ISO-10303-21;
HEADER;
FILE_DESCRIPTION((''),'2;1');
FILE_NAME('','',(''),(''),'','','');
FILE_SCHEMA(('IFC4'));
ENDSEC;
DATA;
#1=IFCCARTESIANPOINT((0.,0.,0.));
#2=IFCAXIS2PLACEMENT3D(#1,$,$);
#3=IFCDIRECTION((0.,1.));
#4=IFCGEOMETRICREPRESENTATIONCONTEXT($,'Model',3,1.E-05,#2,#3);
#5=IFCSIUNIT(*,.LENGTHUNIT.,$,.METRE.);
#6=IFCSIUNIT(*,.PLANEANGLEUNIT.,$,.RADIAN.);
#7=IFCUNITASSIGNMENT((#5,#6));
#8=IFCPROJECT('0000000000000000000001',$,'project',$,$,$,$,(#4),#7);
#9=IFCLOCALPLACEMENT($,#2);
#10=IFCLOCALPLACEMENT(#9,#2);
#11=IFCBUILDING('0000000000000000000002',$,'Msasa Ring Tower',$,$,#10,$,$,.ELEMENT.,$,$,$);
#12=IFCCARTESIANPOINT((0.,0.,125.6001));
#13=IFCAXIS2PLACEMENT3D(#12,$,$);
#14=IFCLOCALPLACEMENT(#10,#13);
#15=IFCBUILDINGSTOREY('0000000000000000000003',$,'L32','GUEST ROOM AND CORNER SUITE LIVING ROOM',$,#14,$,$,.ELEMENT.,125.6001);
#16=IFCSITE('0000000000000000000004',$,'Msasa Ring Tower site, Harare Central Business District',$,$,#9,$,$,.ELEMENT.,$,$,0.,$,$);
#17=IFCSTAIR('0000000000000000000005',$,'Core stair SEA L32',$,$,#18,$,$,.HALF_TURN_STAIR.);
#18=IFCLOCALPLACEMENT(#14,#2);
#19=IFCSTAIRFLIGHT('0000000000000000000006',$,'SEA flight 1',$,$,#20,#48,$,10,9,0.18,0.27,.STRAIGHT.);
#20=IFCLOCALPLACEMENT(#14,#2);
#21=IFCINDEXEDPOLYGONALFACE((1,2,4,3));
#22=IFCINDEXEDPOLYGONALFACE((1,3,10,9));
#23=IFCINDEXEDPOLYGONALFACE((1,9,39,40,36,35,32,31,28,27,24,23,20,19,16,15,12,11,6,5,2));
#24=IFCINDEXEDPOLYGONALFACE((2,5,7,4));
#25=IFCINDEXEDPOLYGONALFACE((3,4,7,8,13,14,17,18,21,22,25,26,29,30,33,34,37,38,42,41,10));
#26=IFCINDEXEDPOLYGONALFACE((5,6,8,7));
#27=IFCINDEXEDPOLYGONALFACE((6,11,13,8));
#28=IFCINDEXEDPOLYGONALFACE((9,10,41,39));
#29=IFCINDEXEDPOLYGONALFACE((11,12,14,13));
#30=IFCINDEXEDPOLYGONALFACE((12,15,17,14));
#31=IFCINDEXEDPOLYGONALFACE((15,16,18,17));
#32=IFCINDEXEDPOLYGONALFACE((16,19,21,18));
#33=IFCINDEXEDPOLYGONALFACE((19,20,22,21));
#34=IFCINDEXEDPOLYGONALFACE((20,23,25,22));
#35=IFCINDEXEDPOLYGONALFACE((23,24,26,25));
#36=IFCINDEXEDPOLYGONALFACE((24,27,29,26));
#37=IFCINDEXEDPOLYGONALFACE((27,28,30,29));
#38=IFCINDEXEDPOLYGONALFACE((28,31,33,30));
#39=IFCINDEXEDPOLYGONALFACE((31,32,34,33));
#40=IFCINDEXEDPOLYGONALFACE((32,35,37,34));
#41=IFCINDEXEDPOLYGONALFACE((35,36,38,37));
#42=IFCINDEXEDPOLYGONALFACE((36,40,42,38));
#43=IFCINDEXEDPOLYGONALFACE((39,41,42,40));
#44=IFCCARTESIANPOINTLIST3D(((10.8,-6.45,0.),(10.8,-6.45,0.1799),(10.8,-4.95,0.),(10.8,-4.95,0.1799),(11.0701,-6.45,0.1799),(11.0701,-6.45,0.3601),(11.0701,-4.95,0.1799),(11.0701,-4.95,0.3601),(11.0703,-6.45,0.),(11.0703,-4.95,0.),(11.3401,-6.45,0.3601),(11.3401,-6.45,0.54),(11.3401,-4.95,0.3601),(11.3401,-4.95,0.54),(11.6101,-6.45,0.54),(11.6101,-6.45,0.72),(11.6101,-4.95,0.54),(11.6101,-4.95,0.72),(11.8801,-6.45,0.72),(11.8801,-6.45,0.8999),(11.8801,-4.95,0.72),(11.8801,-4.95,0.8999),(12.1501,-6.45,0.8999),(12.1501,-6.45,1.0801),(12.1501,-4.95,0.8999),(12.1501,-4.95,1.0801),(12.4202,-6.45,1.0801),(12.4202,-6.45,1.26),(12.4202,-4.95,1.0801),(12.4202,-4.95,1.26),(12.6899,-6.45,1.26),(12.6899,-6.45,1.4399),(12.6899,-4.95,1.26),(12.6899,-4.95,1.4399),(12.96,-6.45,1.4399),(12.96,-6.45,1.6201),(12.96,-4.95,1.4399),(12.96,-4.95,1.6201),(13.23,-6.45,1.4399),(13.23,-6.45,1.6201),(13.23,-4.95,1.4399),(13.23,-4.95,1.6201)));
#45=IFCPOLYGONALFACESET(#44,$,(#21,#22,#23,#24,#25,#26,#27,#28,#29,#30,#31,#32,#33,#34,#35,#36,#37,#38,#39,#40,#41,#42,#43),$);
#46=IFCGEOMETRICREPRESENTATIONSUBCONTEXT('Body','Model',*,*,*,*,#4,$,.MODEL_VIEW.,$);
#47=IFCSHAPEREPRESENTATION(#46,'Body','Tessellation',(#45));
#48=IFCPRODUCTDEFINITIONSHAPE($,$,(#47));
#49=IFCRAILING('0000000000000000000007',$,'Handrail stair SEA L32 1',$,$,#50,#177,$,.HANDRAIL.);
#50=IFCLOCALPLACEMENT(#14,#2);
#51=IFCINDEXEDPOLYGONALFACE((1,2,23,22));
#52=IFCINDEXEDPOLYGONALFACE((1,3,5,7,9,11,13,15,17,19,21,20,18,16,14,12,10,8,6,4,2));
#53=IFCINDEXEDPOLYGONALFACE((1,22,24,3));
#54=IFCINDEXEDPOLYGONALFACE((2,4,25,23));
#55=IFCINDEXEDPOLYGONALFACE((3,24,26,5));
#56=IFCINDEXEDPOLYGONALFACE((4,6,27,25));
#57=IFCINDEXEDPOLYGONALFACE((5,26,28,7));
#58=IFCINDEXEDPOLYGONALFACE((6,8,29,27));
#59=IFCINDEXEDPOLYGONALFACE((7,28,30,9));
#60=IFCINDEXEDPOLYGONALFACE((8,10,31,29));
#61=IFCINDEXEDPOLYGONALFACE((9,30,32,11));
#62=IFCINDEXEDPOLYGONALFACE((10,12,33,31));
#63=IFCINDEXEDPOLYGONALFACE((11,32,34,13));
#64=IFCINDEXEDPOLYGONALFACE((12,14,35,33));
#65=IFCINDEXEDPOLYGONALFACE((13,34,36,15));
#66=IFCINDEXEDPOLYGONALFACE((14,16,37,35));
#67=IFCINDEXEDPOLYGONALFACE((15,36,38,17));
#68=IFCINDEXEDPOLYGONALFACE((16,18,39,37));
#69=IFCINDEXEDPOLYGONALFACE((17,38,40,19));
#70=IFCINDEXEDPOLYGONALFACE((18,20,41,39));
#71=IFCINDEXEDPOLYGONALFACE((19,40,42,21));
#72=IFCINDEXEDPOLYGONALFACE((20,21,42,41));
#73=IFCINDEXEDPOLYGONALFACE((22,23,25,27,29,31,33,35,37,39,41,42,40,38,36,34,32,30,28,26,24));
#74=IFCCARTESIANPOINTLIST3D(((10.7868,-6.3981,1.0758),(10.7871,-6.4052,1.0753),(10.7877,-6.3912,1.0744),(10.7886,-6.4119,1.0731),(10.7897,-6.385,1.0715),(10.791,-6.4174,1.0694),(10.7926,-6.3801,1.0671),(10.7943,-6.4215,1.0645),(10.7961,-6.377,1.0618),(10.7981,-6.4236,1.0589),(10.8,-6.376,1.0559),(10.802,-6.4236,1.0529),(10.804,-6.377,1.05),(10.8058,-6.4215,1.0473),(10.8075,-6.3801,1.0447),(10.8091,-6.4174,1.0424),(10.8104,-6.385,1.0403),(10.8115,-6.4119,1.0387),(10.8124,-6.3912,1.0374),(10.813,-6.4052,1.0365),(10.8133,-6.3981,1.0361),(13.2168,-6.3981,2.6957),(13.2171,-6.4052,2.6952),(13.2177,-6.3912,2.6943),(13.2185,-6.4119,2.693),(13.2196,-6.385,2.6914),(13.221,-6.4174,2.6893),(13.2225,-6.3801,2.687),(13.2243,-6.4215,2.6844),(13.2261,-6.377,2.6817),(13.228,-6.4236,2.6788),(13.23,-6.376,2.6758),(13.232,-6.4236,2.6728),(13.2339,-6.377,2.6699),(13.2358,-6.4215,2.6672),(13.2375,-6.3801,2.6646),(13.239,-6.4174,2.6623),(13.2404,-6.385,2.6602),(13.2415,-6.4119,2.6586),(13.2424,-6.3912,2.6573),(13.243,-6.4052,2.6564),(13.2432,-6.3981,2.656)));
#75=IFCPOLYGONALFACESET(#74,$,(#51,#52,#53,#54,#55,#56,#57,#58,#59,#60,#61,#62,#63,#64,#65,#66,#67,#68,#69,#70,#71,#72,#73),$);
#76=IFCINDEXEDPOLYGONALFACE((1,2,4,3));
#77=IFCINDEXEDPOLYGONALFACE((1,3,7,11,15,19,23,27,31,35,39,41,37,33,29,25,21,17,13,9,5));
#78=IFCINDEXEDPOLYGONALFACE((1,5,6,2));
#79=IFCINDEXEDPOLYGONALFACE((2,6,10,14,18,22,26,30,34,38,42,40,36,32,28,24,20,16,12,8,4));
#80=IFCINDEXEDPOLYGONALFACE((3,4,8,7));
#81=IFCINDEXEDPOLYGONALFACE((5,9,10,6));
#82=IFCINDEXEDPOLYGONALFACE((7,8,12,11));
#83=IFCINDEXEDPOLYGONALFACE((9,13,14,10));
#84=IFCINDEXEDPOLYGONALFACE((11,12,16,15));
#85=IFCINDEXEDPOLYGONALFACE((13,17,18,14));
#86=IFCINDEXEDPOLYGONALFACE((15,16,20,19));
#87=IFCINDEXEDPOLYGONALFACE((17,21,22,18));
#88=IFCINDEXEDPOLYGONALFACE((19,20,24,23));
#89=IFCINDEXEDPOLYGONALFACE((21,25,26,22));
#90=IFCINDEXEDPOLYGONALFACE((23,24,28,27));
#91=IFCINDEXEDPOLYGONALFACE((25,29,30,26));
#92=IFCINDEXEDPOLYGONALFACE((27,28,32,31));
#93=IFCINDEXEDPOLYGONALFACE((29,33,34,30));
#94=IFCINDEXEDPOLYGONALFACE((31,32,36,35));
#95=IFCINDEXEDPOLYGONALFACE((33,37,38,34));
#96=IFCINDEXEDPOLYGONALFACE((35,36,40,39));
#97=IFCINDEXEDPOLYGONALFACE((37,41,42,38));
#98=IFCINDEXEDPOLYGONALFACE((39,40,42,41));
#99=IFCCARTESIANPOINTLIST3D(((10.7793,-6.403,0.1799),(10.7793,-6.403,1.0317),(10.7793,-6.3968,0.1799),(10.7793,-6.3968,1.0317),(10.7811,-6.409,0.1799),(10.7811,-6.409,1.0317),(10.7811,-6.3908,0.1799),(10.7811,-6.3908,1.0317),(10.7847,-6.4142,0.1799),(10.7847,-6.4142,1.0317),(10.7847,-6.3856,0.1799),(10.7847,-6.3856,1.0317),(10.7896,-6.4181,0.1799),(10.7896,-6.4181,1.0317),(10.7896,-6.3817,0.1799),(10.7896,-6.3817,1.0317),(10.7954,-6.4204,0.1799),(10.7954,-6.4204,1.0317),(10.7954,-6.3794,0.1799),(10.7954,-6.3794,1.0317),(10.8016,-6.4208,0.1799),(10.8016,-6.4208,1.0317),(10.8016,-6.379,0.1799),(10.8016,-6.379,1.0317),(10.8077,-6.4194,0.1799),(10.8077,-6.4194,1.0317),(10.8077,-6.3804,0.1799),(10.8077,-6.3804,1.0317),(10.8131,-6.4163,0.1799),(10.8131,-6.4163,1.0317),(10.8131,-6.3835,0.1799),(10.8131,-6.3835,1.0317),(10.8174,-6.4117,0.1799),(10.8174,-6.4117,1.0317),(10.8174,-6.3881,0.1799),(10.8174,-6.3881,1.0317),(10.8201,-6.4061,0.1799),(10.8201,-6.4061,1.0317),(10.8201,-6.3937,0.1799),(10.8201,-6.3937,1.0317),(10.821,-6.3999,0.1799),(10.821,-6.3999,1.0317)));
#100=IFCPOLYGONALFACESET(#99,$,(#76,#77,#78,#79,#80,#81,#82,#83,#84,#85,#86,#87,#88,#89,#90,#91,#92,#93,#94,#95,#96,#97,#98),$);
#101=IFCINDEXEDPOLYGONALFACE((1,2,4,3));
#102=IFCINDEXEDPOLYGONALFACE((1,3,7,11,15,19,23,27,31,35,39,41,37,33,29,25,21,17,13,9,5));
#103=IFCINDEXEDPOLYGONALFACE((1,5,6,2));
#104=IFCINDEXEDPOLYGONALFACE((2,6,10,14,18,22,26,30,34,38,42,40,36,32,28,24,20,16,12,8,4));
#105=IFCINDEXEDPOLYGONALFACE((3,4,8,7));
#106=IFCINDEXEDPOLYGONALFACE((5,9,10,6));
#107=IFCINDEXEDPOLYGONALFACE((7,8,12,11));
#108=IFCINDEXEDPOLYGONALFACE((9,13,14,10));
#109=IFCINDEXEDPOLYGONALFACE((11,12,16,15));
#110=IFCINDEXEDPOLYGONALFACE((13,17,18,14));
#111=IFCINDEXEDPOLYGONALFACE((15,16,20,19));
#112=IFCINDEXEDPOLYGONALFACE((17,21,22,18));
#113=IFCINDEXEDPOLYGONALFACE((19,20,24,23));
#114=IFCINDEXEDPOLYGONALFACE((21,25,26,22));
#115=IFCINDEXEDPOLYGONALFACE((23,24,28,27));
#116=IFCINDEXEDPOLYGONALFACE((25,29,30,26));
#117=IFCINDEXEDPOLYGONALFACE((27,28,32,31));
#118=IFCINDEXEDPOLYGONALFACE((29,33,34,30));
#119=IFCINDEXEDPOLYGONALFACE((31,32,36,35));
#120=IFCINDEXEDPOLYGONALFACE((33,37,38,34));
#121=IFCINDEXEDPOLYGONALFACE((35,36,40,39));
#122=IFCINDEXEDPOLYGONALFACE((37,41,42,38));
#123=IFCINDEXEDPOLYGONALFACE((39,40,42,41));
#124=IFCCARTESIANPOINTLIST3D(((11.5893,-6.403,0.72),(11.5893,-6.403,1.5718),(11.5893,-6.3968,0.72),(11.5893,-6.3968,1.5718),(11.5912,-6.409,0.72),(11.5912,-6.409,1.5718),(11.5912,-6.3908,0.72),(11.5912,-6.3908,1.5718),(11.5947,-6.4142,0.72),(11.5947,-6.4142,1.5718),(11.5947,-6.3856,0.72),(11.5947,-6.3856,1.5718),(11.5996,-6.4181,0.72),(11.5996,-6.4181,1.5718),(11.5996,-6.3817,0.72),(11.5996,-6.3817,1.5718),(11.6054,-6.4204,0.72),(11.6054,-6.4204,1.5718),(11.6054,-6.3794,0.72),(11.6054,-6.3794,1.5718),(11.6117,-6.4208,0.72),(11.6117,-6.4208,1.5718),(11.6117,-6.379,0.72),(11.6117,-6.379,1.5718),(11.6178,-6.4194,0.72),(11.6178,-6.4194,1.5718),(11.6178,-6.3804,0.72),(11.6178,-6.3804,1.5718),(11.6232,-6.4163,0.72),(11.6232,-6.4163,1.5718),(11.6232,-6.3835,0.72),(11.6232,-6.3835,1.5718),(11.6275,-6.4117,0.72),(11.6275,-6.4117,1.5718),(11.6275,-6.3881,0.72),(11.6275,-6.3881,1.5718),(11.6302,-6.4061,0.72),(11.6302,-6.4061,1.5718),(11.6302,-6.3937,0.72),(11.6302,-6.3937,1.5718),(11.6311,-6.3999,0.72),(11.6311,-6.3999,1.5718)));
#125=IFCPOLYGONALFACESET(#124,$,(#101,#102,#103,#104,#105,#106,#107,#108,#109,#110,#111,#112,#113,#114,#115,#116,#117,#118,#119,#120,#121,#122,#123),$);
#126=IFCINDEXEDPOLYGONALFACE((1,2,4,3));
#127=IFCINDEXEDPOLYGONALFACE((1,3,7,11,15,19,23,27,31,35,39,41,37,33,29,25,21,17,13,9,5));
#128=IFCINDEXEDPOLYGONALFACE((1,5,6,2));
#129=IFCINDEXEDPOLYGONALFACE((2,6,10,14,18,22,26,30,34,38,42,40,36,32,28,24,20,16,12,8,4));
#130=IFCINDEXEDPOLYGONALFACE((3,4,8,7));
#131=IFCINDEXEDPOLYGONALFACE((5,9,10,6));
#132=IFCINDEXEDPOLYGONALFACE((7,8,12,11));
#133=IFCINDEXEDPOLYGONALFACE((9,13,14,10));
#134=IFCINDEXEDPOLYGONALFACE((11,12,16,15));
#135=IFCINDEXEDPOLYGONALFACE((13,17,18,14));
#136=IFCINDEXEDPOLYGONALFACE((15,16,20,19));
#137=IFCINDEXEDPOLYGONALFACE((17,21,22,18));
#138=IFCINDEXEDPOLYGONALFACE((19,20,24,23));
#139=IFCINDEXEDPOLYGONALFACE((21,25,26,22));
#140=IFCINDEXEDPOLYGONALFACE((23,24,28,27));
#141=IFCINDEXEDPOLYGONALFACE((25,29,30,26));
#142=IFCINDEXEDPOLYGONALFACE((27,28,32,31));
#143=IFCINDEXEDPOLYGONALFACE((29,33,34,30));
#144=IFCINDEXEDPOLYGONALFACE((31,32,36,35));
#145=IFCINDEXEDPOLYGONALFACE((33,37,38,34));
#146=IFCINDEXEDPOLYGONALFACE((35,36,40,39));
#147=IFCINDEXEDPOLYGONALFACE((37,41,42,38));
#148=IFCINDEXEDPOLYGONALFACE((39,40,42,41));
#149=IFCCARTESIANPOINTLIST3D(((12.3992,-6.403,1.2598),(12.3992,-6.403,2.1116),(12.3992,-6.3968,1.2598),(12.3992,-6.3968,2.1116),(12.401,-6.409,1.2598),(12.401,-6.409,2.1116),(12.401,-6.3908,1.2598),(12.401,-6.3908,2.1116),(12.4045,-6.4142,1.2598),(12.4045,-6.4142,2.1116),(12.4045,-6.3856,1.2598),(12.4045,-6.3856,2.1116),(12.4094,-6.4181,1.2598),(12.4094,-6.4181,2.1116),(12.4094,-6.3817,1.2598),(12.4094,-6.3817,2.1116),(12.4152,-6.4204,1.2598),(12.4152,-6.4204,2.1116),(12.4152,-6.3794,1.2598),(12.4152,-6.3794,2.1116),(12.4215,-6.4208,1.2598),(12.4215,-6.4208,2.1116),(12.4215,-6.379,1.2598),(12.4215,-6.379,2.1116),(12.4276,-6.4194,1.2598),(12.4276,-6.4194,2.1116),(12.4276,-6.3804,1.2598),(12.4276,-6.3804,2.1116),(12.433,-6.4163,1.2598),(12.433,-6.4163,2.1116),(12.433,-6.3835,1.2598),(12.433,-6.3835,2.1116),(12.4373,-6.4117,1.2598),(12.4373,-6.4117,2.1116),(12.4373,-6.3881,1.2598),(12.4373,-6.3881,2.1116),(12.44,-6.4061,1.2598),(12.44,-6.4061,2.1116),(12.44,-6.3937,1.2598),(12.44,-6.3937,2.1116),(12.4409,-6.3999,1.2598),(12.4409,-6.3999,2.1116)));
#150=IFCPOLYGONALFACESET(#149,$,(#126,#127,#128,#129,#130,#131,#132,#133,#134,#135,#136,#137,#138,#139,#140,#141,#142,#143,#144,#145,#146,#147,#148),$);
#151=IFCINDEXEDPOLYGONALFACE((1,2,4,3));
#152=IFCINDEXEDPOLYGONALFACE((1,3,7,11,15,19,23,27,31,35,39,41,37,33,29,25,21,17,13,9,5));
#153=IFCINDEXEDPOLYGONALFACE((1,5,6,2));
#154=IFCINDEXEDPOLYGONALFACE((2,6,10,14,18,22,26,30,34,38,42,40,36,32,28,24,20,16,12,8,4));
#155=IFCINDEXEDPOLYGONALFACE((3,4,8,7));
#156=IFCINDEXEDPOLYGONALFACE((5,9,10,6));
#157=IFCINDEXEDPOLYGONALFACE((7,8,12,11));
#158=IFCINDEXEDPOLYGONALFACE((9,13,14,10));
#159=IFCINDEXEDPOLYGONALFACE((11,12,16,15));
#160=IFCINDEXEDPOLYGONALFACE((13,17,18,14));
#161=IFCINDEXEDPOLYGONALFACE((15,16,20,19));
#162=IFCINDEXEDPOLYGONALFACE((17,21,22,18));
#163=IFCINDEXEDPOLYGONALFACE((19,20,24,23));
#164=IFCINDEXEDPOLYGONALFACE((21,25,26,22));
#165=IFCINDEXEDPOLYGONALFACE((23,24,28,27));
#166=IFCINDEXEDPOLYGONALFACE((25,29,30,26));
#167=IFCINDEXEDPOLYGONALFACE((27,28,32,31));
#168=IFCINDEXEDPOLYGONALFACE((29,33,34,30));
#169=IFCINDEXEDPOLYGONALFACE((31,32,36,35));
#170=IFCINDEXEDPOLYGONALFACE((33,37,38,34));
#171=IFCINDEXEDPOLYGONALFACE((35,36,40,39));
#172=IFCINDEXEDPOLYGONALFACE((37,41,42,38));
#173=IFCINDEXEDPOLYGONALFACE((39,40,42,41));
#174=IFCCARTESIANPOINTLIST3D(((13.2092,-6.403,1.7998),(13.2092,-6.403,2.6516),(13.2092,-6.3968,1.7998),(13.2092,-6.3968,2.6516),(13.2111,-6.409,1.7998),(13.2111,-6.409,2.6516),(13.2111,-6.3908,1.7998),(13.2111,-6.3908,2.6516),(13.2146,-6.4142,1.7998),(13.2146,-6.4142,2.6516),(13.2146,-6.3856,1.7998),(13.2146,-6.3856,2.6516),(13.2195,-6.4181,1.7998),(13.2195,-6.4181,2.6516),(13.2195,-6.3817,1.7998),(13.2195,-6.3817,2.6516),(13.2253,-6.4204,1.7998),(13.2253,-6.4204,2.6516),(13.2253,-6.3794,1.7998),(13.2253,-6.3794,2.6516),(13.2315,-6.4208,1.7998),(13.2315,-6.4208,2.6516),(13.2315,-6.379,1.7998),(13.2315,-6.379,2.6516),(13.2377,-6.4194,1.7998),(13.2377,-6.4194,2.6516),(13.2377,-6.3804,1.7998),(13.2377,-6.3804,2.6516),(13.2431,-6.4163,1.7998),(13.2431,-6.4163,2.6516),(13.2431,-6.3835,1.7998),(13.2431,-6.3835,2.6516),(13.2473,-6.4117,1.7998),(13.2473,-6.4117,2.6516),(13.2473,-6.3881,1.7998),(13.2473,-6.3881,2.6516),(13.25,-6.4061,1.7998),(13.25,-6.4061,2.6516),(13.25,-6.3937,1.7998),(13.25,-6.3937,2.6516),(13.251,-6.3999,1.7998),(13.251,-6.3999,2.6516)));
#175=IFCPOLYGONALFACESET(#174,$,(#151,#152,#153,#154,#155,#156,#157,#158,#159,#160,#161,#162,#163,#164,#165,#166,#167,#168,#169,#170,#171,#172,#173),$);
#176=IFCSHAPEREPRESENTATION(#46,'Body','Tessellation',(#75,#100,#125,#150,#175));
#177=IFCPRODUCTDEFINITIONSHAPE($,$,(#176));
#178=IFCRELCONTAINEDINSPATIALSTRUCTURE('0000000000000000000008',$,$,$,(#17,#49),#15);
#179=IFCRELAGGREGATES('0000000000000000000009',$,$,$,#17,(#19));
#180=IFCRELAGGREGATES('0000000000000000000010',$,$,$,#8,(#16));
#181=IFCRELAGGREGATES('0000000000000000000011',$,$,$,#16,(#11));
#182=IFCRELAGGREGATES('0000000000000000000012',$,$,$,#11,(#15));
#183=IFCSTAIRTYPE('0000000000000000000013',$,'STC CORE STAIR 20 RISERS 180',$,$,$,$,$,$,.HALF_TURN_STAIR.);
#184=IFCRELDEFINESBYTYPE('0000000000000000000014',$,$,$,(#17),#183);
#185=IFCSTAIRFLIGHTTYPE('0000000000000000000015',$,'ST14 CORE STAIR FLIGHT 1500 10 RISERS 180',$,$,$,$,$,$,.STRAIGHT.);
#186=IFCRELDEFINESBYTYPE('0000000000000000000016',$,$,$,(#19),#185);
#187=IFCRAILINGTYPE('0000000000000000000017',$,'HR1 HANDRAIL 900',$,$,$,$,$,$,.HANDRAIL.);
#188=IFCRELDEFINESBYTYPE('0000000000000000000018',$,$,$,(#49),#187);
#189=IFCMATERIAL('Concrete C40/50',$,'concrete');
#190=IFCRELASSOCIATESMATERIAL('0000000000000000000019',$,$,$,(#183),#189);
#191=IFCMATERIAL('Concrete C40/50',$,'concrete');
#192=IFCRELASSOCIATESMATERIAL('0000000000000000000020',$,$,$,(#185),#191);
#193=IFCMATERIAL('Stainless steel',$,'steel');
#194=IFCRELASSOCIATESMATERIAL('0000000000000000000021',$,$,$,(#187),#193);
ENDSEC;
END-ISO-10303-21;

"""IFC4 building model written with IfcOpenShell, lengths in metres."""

from ifc_helpers import new_model, si_unit, direction, frame, origin, origin_2d, place, context, subcontext, project, spatial, polyline, circle, outline, extrude, material, type_object, element, aggregate, save


model = new_model("IFC4")

# Units and contexts
model_context = context("Model", 3, precision=1e-05, world=origin(), true_north=direction((0.0, 1.0)))
body_context = subcontext(model_context, "Body", "Model", "MODEL_VIEW")
ifc_project = project(units=[si_unit("LENGTHUNIT", "METRE"), si_unit("PLANEANGLEUNIT", "RADIAN")], contexts=[model_context])

# Site, building, storey
site_placement = place(None, origin())
site = spatial("IfcSite", under=ifc_project, at=site_placement, Name="Msasa Ring Tower site, Harare Central Business District", CompositionType="ELEMENT", RefElevation=0.0)
building_placement = place(site_placement, origin())
building = spatial("IfcBuilding", under=site, at=building_placement, Name="Msasa Ring Tower", CompositionType="ELEMENT")
storey_placement = place(building_placement, frame((0.0, 0.0, 125.6001)))
storey = spatial("IfcBuildingStorey", under=building, at=storey_placement, Name="L32", Description="GUEST ROOM AND CORNER SUITE LIVING ROOM", CompositionType="ELEMENT", Elevation=125.6001)

# Stair
ifc_material_1 = material(Name="Concrete C40/50", Category="concrete")
stair_type = type_object("IfcStairType", Name="STC CORE STAIR 20 RISERS 180", PredefinedType="HALF_TURN_STAIR", material=ifc_material_1)
stair_1_placement = place(storey_placement, origin())
stair_1 = element("IfcStair", 1, at=stair_1_placement, inside=storey, type_object=stair_type, Name="Core stair SEA L32", PredefinedType="HALF_TURN_STAIR")

# Stair flight
ifc_material_2 = material(Name="Concrete C40/50", Category="concrete")
stair_flight_type = type_object("IfcStairFlightType", Name="ST14 CORE STAIR FLIGHT 1500 10 RISERS 180", PredefinedType="STRAIGHT", material=ifc_material_2)
stair_flight_placement = place(storey_placement, frame((10.8, -5.7, 0.0), z_axis=(0.0, 0.0, 1.0), x_axis=(1.0, 0.0, 0.0)))
stair_flight = element("IfcStairFlight", 2, at=stair_flight_placement, type_object=stair_flight_type, Name="SEA flight 1", NumberOfRisers=10, NumberOfTreads=9, PredefinedType="STRAIGHT", RiserHeight=0.18, TreadLength=0.27, context=body_context, shape_type="SweptSolid", body=[
    extrude(outline(polyline([(0.0, 0.0), (0.0, 0.1799), (0.27, 0.1799), (0.27, 0.3601), (0.54, 0.3601), (0.54, 0.54), (0.8101, 0.54), (0.8101, 0.72), (1.0801, 0.72), (1.0801, 0.8999), (1.3501, 0.8999), (1.3501, 1.0801), (1.6201, 1.0801), (1.6201, 1.26), (1.8899, 1.26), (1.8899, 1.4399), (2.1599, 1.4399), (2.1599, 1.6201), (2.4299, 1.6201), (2.4299, 1.8), (2.4299, 1.4399), (0.2703, 0.0), (0.0, 0.0)])), frame((0.0, 0.75, 0.0), z_axis=(0.0, -1.0, 0.0), x_axis=(1.0, 0.0, 0.0)), (0.0, 0.0, 1.0), 1.5),
])
aggregate(stair_1, [stair_flight])

# Railing
ifc_material_3 = material(Name="Stainless steel", Category="steel")
railing_type = type_object("IfcRailingType", Name="HR1 HANDRAIL 900", PredefinedType="HANDRAIL", material=ifc_material_3)
for number, where, name in (
    (3, (10.8, -6.3999, 0.1799), "Handrail stair SEA L32 1"),
):
    element("IfcRailing", number, at=place(storey_placement, frame(where)), inside=storey, type_object=railing_type, Name=name, PredefinedType="HANDRAIL", context=body_context, shape_type="SweptSolid", body=[
        extrude(circle(Radius=0.0239, at=origin_2d()), frame((0.0, 0.0, 0.876), z_axis=(0.832063, 0.0, 0.554681), x_axis=(0.0, 1.0, 0.0)), (0.0, 0.0, 1.0), 2.9204),
        extrude(circle(Radius=0.021, at=origin_2d()), origin(), (0.0, 0.0, 1.0), 0.8518),
        extrude(circle(Radius=0.021, at=origin_2d()), frame((0.8101, 0.0, 0.54)), (0.0, 0.0, 1.0), 0.8518),
        extrude(circle(Radius=0.021, at=origin_2d()), frame((1.6199, 0.0, 1.0798)), (0.0, 0.0, 1.0), 0.8518),
        extrude(circle(Radius=0.021, at=origin_2d()), frame((2.4299, 0.0, 1.6199)), (0.0, 0.0, 1.0), 0.8518),
    ])

save(model, "model.ifc")
